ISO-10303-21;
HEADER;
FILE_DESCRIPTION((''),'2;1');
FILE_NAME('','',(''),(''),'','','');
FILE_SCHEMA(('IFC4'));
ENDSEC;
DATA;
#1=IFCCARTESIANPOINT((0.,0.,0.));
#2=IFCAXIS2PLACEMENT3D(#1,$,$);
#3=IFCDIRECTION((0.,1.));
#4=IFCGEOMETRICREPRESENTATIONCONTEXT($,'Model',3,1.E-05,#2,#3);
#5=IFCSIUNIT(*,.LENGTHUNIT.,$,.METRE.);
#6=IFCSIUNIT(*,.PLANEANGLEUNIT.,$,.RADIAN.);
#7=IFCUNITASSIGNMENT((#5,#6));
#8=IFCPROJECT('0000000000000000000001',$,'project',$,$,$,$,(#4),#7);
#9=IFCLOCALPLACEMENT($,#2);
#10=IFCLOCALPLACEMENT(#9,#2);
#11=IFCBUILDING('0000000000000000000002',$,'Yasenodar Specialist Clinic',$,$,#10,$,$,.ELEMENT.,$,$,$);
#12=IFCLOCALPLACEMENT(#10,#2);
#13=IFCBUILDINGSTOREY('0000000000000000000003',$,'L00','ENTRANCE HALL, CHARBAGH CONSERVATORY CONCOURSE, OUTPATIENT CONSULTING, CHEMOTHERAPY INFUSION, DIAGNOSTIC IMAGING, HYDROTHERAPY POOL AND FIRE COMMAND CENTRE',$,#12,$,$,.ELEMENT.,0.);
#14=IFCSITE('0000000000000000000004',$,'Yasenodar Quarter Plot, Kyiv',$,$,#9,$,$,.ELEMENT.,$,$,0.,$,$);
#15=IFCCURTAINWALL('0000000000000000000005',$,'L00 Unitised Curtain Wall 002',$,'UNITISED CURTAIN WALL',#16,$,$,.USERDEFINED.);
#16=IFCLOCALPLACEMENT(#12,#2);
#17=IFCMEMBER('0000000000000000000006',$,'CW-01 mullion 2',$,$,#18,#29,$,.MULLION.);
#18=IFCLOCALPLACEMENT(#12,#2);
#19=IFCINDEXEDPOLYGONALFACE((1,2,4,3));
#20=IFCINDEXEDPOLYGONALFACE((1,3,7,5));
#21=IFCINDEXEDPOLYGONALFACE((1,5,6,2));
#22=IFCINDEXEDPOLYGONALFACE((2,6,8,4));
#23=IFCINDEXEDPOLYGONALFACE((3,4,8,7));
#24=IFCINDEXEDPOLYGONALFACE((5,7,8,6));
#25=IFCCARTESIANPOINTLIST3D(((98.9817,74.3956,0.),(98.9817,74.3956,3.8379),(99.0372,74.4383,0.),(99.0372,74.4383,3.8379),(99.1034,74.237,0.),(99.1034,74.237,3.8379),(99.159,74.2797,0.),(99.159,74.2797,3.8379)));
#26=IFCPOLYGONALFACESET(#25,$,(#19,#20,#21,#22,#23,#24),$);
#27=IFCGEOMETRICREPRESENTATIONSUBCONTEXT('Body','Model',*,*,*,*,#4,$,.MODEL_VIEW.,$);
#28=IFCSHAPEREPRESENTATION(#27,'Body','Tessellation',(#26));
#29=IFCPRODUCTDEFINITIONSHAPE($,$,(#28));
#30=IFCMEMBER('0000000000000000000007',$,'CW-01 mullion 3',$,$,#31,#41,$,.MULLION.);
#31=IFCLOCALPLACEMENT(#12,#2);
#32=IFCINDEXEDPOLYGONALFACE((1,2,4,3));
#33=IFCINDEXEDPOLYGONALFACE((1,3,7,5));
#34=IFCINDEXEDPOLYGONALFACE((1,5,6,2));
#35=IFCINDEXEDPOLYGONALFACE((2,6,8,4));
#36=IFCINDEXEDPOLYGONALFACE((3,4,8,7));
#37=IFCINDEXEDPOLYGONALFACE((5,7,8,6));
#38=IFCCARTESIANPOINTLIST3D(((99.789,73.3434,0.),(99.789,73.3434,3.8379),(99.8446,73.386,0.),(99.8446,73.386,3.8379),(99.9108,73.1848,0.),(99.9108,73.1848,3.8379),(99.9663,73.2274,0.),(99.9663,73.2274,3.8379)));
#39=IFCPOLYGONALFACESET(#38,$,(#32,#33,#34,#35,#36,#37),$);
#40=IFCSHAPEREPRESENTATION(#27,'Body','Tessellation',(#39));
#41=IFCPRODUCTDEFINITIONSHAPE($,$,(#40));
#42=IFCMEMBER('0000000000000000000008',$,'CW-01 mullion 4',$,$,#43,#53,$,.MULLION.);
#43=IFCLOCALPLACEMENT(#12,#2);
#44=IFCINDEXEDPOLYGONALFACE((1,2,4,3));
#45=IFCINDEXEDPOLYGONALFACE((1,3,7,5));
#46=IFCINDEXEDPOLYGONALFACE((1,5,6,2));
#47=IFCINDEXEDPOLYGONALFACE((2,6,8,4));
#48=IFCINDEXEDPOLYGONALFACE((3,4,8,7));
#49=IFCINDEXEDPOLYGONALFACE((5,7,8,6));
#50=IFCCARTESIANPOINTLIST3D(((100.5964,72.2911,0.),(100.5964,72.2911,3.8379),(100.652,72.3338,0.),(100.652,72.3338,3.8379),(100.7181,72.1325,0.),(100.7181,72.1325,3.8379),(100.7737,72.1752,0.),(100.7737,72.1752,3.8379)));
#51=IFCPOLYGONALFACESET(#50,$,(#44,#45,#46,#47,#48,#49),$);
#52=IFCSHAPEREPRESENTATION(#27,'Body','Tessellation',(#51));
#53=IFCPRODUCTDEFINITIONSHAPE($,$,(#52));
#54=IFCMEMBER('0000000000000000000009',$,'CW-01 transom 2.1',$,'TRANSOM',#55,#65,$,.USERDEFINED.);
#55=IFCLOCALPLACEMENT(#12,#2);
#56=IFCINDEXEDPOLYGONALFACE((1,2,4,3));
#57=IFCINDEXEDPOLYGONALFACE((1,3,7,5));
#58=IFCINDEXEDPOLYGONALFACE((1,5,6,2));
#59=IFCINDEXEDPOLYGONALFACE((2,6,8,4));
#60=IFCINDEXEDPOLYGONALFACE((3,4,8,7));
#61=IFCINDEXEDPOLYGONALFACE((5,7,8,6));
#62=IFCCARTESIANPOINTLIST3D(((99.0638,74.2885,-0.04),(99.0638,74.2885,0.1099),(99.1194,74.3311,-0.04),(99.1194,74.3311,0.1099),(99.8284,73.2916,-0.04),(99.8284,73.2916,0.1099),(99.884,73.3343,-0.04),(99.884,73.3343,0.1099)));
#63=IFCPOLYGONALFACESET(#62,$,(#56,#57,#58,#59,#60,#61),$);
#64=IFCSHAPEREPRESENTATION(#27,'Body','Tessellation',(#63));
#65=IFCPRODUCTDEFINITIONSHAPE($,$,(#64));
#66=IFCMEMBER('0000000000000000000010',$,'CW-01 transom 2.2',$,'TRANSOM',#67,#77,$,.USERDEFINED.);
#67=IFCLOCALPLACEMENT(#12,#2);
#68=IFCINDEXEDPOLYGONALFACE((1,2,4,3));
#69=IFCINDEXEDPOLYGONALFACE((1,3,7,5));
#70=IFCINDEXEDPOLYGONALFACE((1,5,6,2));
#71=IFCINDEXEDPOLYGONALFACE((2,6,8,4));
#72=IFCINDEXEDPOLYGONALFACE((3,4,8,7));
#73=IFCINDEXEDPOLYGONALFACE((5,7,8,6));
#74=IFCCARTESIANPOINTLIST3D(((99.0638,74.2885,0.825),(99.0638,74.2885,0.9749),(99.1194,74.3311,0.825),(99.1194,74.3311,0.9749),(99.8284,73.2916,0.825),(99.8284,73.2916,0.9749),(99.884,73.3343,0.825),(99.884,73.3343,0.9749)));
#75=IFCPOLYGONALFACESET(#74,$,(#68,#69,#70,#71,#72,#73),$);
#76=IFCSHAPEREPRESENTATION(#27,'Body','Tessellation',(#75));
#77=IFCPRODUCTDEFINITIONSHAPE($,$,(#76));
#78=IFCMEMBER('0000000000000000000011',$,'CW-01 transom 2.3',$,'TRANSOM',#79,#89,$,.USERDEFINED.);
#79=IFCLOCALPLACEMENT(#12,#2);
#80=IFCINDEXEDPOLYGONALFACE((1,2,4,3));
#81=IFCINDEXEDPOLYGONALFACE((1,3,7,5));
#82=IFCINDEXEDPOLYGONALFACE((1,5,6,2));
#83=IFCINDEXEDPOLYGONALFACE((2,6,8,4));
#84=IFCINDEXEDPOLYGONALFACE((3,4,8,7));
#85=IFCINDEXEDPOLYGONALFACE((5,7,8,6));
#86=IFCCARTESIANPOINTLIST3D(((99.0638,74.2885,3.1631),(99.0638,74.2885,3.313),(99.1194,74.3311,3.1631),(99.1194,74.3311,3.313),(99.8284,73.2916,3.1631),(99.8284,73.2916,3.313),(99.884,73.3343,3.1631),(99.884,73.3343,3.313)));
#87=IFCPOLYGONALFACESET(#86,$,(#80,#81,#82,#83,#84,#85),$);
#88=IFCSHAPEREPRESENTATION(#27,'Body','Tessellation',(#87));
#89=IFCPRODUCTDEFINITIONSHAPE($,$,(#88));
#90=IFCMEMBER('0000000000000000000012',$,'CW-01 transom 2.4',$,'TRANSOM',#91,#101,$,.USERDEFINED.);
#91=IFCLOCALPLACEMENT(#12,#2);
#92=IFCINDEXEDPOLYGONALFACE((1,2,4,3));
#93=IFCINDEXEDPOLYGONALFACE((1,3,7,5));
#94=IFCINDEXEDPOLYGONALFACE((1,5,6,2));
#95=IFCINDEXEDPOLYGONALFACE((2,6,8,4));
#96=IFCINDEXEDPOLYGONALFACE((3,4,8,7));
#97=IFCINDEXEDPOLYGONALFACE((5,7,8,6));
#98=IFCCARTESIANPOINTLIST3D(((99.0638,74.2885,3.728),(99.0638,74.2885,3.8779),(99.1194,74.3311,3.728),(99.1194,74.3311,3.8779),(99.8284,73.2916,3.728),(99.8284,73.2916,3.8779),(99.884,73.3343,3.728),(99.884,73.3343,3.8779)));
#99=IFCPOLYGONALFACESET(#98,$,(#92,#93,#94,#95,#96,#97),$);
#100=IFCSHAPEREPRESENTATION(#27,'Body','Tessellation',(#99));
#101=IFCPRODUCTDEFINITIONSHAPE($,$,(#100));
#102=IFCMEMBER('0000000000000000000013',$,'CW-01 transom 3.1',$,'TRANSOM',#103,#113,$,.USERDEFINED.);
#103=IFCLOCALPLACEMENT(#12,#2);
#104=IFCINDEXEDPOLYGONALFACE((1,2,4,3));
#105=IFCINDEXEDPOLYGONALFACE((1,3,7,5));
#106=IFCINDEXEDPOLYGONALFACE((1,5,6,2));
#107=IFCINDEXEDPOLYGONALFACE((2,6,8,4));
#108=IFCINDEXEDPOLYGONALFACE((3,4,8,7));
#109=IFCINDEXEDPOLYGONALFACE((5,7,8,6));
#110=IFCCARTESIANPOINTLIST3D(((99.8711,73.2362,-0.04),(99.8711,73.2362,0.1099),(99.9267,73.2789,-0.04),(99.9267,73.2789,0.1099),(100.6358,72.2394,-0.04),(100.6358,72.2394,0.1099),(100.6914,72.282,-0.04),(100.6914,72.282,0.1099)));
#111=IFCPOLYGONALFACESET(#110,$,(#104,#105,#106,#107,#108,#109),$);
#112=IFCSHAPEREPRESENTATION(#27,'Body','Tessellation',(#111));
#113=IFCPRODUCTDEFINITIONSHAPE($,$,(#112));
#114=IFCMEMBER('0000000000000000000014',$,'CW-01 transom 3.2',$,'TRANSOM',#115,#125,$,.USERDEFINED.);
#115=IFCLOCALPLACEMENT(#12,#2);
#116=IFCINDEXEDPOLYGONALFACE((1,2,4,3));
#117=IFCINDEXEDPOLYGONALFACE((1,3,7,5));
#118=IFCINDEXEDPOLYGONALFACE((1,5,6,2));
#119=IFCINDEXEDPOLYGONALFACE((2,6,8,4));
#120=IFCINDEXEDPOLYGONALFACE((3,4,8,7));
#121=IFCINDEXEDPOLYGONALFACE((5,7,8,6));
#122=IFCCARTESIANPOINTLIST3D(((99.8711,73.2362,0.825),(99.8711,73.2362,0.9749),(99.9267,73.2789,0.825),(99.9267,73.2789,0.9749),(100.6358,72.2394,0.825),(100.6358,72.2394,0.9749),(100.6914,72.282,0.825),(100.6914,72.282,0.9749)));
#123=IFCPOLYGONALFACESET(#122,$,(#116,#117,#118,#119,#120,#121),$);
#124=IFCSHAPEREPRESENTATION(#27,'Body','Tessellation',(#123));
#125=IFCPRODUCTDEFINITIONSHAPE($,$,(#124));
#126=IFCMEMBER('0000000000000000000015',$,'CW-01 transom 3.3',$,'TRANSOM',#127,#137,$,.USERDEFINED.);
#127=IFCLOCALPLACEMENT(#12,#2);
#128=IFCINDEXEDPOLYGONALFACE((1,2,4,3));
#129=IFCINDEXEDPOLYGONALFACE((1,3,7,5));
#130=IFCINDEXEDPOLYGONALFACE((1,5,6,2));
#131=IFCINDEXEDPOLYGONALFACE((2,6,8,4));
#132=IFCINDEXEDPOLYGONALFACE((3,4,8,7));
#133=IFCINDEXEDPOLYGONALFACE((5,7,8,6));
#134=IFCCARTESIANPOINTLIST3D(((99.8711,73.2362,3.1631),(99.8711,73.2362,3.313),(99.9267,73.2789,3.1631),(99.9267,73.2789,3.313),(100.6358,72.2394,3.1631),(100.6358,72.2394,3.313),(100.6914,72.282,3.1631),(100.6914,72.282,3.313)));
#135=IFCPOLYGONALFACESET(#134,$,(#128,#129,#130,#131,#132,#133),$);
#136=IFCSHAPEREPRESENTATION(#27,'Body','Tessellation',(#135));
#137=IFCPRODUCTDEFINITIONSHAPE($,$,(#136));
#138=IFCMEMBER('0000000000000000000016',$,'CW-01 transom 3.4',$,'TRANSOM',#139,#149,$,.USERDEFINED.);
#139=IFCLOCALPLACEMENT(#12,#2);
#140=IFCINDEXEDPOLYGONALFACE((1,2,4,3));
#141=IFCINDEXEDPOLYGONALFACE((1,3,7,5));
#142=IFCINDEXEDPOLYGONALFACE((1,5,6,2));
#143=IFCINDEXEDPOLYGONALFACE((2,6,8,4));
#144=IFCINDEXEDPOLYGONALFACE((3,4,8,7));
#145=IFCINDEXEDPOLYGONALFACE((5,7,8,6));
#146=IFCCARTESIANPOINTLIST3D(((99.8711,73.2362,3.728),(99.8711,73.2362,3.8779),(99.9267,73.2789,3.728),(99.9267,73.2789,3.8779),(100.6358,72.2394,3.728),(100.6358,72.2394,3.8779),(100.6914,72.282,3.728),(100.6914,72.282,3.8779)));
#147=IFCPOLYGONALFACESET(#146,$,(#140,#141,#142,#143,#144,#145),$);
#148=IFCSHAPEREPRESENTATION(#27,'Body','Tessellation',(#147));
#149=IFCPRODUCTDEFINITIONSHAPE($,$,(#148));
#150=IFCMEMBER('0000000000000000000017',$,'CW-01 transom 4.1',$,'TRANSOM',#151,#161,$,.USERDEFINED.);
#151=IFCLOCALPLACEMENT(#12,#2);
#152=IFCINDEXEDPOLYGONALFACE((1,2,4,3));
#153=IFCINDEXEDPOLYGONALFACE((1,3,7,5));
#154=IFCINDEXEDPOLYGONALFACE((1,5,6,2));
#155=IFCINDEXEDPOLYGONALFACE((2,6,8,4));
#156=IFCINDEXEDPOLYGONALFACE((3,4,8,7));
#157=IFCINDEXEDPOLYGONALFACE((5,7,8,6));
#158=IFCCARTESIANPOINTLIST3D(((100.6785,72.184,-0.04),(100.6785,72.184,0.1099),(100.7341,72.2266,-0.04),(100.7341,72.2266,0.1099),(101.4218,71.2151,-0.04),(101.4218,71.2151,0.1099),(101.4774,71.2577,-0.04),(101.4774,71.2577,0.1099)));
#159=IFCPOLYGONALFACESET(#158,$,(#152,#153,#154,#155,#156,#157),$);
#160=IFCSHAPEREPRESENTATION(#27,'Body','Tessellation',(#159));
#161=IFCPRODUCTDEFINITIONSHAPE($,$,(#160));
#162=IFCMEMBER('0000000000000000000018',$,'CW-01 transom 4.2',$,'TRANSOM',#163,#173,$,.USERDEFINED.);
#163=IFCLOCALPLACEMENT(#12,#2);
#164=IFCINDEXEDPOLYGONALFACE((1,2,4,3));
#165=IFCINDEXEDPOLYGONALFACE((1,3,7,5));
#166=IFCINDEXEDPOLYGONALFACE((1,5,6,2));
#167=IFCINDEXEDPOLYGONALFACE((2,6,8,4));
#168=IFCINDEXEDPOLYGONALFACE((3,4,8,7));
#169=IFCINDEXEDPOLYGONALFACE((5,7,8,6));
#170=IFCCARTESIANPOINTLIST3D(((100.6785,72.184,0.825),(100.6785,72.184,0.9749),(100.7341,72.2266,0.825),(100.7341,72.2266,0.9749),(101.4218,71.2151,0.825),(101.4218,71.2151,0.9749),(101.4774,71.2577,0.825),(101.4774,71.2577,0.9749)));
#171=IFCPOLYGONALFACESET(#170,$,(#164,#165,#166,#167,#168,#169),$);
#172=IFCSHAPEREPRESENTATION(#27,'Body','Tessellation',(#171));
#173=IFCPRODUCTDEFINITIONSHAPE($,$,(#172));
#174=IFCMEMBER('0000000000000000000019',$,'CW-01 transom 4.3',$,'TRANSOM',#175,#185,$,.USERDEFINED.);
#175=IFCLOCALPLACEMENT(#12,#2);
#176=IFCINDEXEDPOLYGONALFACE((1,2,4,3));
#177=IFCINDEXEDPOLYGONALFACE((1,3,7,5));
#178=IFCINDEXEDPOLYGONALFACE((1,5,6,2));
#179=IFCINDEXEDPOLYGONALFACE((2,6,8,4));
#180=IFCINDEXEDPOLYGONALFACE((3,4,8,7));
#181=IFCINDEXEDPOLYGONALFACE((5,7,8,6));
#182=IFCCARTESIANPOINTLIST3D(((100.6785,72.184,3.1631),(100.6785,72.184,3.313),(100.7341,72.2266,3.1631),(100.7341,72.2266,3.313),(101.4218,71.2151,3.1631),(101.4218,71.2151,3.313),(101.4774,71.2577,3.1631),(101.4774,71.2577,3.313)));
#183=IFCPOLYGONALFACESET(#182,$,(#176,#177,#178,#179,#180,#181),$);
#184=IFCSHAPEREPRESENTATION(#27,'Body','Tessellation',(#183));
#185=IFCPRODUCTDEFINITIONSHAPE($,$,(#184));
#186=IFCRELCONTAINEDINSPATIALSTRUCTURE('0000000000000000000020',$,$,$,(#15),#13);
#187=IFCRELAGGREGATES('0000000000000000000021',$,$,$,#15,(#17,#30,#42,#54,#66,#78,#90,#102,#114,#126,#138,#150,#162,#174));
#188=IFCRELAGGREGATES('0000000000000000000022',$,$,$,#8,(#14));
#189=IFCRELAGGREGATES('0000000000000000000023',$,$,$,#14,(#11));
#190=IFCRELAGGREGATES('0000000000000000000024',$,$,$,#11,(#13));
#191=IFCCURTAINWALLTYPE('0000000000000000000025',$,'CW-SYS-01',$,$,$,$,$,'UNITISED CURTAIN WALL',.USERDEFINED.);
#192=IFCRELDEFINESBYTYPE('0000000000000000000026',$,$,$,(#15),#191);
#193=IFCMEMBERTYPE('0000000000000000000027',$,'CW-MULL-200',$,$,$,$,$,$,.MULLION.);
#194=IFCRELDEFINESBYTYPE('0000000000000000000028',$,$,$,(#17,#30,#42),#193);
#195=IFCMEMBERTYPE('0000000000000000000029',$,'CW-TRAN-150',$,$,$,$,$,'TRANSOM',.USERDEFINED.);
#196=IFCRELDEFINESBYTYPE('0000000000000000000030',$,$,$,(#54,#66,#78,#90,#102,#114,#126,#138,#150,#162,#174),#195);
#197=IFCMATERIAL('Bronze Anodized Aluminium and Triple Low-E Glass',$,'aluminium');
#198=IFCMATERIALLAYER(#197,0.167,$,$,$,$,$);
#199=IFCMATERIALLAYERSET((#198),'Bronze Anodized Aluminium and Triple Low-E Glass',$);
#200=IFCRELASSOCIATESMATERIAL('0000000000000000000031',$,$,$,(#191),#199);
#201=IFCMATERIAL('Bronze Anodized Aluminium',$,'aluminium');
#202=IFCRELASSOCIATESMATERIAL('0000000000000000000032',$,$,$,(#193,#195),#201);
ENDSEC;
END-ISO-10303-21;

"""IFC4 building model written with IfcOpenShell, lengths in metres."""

from ifc_helpers import new_model, si_unit, direction, frame, origin, origin_2d, place, context, subcontext, project, spatial, rectangle, extrude, material, layer, layer_set, material_profile, profile_set, type_object, element, aggregate, save


model = new_model("IFC4")

# Units and contexts
model_context = context("Model", 3, precision=1e-05, world=origin(), true_north=direction((0.0, 1.0)))
body_context = subcontext(model_context, "Body", "Model", "MODEL_VIEW")
ifc_project = project(units=[si_unit("LENGTHUNIT", "METRE"), si_unit("PLANEANGLEUNIT", "RADIAN")], contexts=[model_context])

# Site, building, storey
site_placement = place(None, origin())
site = spatial("IfcSite", under=ifc_project, at=site_placement, Name="Yasenodar Quarter Plot, Kyiv", CompositionType="ELEMENT", RefElevation=0.0)
building_placement = place(site_placement, origin())
building = spatial("IfcBuilding", under=site, at=building_placement, Name="Yasenodar Specialist Clinic", CompositionType="ELEMENT")
storey_placement = place(building_placement, origin())
storey = spatial("IfcBuildingStorey", under=building, at=storey_placement, Name="L00", Description="ENTRANCE HALL, CHARBAGH CONSERVATORY CONCOURSE, OUTPATIENT CONSULTING, CHEMOTHERAPY INFUSION, DIAGNOSTIC IMAGING, HYDROTHERAPY POOL AND FIRE COMMAND CENTRE", CompositionType="ELEMENT", Elevation=0.0)

# Curtain wall, members
ifc_material_1 = material(Name="Bronze Anodized Aluminium and Triple Low-E Glass", Category="aluminium")
ifc_layer_1 = layer(ifc_material_1, 0.167)
ifc_layer_set_1 = layer_set([ifc_layer_1], Name="Bronze Anodized Aluminium and Triple Low-E Glass")
curtain_wall_type = type_object("IfcCurtainWallType", Name="CW-SYS-01", ElementType="UNITISED CURTAIN WALL", PredefinedType="USERDEFINED", material=ifc_layer_set_1)
curtain_wall_placement = place(storey_placement, origin())
curtain_wall = element("IfcCurtainWall", 1, at=curtain_wall_placement, inside=storey, type_object=curtain_wall_type, Name="L00 Unitised Curtain Wall 002", ObjectType="UNITISED CURTAIN WALL", PredefinedType="USERDEFINED")
ifc_material_2 = material(Name="Bronze Anodized Aluminium", Category="aluminium")
ifc_material_profile_1 = material_profile(ifc_material_2, rectangle(XDim=0.0701, YDim=0.2, at=origin_2d()), Name="CW-MULL 70x200")
ifc_profile_set_1 = profile_set([ifc_material_profile_1], Name="Bronze Anodized Aluminium")
member_type_1 = type_object("IfcMemberType", Name="CW-MULL-200", PredefinedType="MULLION", material=ifc_profile_set_1)
member_1_placement = place(storey_placement, frame((99.0703, 74.3376, 0.0), z_axis=(0.0, 0.0, 1.0), x_axis=(0.793361, 0.608752, 0.0)))
member_1 = element("IfcMember", 2, at=member_1_placement, type_object=member_type_1, Name="CW-01 mullion 2", PredefinedType="MULLION", context=body_context, shape_type="SweptSolid", body=[
    extrude(rectangle(XDim=0.0701, YDim=0.2, at=origin_2d()), origin(), (0.0, 0.0, 1.0), 3.8379),
])
member_2_placement = place(storey_placement, frame((99.8777, 73.2854, 0.0), z_axis=(0.0, 0.0, 1.0), x_axis=(0.793361, 0.608752, 0.0)))
member_2 = element("IfcMember", 3, at=member_2_placement, type_object=member_type_1, Name="CW-01 mullion 3", PredefinedType="MULLION", context=body_context, shape_type="SweptSolid", body=[
    extrude(rectangle(XDim=0.0701, YDim=0.2, at=origin_2d()), origin(), (0.0, 0.0, 1.0), 3.8379),
])
member_3_placement = place(storey_placement, frame((100.6851, 72.2332, 0.0), z_axis=(0.0, 0.0, 1.0), x_axis=(0.793361, 0.608752, 0.0)))
member_3 = element("IfcMember", 4, at=member_3_placement, type_object=member_type_1, Name="CW-01 mullion 4", PredefinedType="MULLION", context=body_context, shape_type="SweptSolid", body=[
    extrude(rectangle(XDim=0.0701, YDim=0.2, at=origin_2d()), origin(), (0.0, 0.0, 1.0), 3.8379),
])
ifc_material_profile_2 = material_profile(ifc_material_2, rectangle(XDim=0.0701, YDim=0.1499, at=origin_2d()), Name="CW-TRAN 70x150")
ifc_profile_set_2 = profile_set([ifc_material_profile_2], Name="Bronze Anodized Aluminium")
member_type_2 = type_object("IfcMemberType", Name="CW-TRAN-150", ElementType="TRANSOM", PredefinedType="USERDEFINED", material=ifc_profile_set_2)
member_4_placement = place(storey_placement, frame((99.0916, 74.3098, 0.0349), z_axis=(0.60864, -0.793447, 0.0), x_axis=(0.793447, 0.60864, 0.0)))
member_4 = element("IfcMember", 5, at=member_4_placement, type_object=member_type_2, Name="CW-01 transom 2.1", ObjectType="TRANSOM", PredefinedType="USERDEFINED", context=body_context, shape_type="SweptSolid", body=[
    extrude(rectangle(XDim=0.0701, YDim=0.1499, at=origin_2d()), origin(), (0.0, 0.0, 1.0), 1.2563),
])
member_5_placement = place(storey_placement, frame((99.0916, 74.3098, 0.8999), z_axis=(0.60864, -0.793447, 0.0), x_axis=(0.793447, 0.60864, 0.0)))
member_5 = element("IfcMember", 6, at=member_5_placement, type_object=member_type_2, Name="CW-01 transom 2.2", ObjectType="TRANSOM", PredefinedType="USERDEFINED", context=body_context, shape_type="SweptSolid", body=[
    extrude(rectangle(XDim=0.0701, YDim=0.1499, at=origin_2d()), origin(), (0.0, 0.0, 1.0), 1.2563),
])
member_6_placement = place(storey_placement, frame((99.0916, 74.3098, 3.238), z_axis=(0.60864, -0.793447, 0.0), x_axis=(0.793447, 0.60864, 0.0)))
member_6 = element("IfcMember", 7, at=member_6_placement, type_object=member_type_2, Name="CW-01 transom 2.3", ObjectType="TRANSOM", PredefinedType="USERDEFINED", context=body_context, shape_type="SweptSolid", body=[
    extrude(rectangle(XDim=0.0701, YDim=0.1499, at=origin_2d()), origin(), (0.0, 0.0, 1.0), 1.2563),
])
member_7_placement = place(storey_placement, frame((99.0916, 74.3098, 3.803), z_axis=(0.60864, -0.793447, 0.0), x_axis=(0.793447, 0.60864, 0.0)))
member_7 = element("IfcMember", 8, at=member_7_placement, type_object=member_type_2, Name="CW-01 transom 2.4", ObjectType="TRANSOM", PredefinedType="USERDEFINED", context=body_context, shape_type="SweptSolid", body=[
    extrude(rectangle(XDim=0.0701, YDim=0.1499, at=origin_2d()), origin(), (0.0, 0.0, 1.0), 1.2563),
])
member_8_placement = place(storey_placement, frame((99.8989, 73.2576, 0.0349), z_axis=(0.60864, -0.793447, 0.0), x_axis=(0.793447, 0.60864, 0.0)))
member_8 = element("IfcMember", 9, at=member_8_placement, type_object=member_type_2, Name="CW-01 transom 3.1", ObjectType="TRANSOM", PredefinedType="USERDEFINED", context=body_context, shape_type="SweptSolid", body=[
    extrude(rectangle(XDim=0.0701, YDim=0.1499, at=origin_2d()), origin(), (0.0, 0.0, 1.0), 1.2563),
])
member_9_placement = place(storey_placement, frame((99.8989, 73.2576, 0.8999), z_axis=(0.60864, -0.793447, 0.0), x_axis=(0.793447, 0.60864, 0.0)))
member_9 = element("IfcMember", 10, at=member_9_placement, type_object=member_type_2, Name="CW-01 transom 3.2", ObjectType="TRANSOM", PredefinedType="USERDEFINED", context=body_context, shape_type="SweptSolid", body=[
    extrude(rectangle(XDim=0.0701, YDim=0.1499, at=origin_2d()), origin(), (0.0, 0.0, 1.0), 1.2563),
])
member_10_placement = place(storey_placement, frame((99.8989, 73.2576, 3.238), z_axis=(0.60864, -0.793447, 0.0), x_axis=(0.793447, 0.60864, 0.0)))
member_10 = element("IfcMember", 11, at=member_10_placement, type_object=member_type_2, Name="CW-01 transom 3.3", ObjectType="TRANSOM", PredefinedType="USERDEFINED", context=body_context, shape_type="SweptSolid", body=[
    extrude(rectangle(XDim=0.0701, YDim=0.1499, at=origin_2d()), origin(), (0.0, 0.0, 1.0), 1.2563),
])
member_11_placement = place(storey_placement, frame((99.8989, 73.2576, 3.803), z_axis=(0.60864, -0.793447, 0.0), x_axis=(0.793447, 0.60864, 0.0)))
member_11 = element("IfcMember", 12, at=member_11_placement, type_object=member_type_2, Name="CW-01 transom 3.4", ObjectType="TRANSOM", PredefinedType="USERDEFINED", context=body_context, shape_type="SweptSolid", body=[
    extrude(rectangle(XDim=0.0701, YDim=0.1499, at=origin_2d()), origin(), (0.0, 0.0, 1.0), 1.2563),
])
member_12_placement = place(storey_placement, frame((100.7063, 72.2053, 0.0349), z_axis=(0.608696, -0.793404, 0.0), x_axis=(0.793404, 0.608696, 0.0)))
member_12 = element("IfcMember", 13, at=member_12_placement, type_object=member_type_2, Name="CW-01 transom 4.1", ObjectType="TRANSOM", PredefinedType="USERDEFINED", context=body_context, shape_type="SweptSolid", body=[
    extrude(rectangle(XDim=0.0701, YDim=0.1499, at=origin_2d()), origin(), (0.0, 0.0, 1.0), 1.2212),
])
member_13_placement = place(storey_placement, frame((100.7063, 72.2053, 0.8999), z_axis=(0.608696, -0.793404, 0.0), x_axis=(0.793404, 0.608696, 0.0)))
member_13 = element("IfcMember", 14, at=member_13_placement, type_object=member_type_2, Name="CW-01 transom 4.2", ObjectType="TRANSOM", PredefinedType="USERDEFINED", context=body_context, shape_type="SweptSolid", body=[
    extrude(rectangle(XDim=0.0701, YDim=0.1499, at=origin_2d()), origin(), (0.0, 0.0, 1.0), 1.2212),
])
member_14_placement = place(storey_placement, frame((100.7063, 72.2053, 3.238), z_axis=(0.608696, -0.793404, 0.0), x_axis=(0.793404, 0.608696, 0.0)))
member_14 = element("IfcMember", 15, at=member_14_placement, type_object=member_type_2, Name="CW-01 transom 4.3", ObjectType="TRANSOM", PredefinedType="USERDEFINED", context=body_context, shape_type="SweptSolid", body=[
    extrude(rectangle(XDim=0.0701, YDim=0.1499, at=origin_2d()), origin(), (0.0, 0.0, 1.0), 1.2212),
])
aggregate(curtain_wall, [member_1, member_2, member_3, member_4, member_5, member_6, member_7, member_8, member_9, member_10, member_11, member_12, member_13, member_14])

save(model, "model.ifc")
